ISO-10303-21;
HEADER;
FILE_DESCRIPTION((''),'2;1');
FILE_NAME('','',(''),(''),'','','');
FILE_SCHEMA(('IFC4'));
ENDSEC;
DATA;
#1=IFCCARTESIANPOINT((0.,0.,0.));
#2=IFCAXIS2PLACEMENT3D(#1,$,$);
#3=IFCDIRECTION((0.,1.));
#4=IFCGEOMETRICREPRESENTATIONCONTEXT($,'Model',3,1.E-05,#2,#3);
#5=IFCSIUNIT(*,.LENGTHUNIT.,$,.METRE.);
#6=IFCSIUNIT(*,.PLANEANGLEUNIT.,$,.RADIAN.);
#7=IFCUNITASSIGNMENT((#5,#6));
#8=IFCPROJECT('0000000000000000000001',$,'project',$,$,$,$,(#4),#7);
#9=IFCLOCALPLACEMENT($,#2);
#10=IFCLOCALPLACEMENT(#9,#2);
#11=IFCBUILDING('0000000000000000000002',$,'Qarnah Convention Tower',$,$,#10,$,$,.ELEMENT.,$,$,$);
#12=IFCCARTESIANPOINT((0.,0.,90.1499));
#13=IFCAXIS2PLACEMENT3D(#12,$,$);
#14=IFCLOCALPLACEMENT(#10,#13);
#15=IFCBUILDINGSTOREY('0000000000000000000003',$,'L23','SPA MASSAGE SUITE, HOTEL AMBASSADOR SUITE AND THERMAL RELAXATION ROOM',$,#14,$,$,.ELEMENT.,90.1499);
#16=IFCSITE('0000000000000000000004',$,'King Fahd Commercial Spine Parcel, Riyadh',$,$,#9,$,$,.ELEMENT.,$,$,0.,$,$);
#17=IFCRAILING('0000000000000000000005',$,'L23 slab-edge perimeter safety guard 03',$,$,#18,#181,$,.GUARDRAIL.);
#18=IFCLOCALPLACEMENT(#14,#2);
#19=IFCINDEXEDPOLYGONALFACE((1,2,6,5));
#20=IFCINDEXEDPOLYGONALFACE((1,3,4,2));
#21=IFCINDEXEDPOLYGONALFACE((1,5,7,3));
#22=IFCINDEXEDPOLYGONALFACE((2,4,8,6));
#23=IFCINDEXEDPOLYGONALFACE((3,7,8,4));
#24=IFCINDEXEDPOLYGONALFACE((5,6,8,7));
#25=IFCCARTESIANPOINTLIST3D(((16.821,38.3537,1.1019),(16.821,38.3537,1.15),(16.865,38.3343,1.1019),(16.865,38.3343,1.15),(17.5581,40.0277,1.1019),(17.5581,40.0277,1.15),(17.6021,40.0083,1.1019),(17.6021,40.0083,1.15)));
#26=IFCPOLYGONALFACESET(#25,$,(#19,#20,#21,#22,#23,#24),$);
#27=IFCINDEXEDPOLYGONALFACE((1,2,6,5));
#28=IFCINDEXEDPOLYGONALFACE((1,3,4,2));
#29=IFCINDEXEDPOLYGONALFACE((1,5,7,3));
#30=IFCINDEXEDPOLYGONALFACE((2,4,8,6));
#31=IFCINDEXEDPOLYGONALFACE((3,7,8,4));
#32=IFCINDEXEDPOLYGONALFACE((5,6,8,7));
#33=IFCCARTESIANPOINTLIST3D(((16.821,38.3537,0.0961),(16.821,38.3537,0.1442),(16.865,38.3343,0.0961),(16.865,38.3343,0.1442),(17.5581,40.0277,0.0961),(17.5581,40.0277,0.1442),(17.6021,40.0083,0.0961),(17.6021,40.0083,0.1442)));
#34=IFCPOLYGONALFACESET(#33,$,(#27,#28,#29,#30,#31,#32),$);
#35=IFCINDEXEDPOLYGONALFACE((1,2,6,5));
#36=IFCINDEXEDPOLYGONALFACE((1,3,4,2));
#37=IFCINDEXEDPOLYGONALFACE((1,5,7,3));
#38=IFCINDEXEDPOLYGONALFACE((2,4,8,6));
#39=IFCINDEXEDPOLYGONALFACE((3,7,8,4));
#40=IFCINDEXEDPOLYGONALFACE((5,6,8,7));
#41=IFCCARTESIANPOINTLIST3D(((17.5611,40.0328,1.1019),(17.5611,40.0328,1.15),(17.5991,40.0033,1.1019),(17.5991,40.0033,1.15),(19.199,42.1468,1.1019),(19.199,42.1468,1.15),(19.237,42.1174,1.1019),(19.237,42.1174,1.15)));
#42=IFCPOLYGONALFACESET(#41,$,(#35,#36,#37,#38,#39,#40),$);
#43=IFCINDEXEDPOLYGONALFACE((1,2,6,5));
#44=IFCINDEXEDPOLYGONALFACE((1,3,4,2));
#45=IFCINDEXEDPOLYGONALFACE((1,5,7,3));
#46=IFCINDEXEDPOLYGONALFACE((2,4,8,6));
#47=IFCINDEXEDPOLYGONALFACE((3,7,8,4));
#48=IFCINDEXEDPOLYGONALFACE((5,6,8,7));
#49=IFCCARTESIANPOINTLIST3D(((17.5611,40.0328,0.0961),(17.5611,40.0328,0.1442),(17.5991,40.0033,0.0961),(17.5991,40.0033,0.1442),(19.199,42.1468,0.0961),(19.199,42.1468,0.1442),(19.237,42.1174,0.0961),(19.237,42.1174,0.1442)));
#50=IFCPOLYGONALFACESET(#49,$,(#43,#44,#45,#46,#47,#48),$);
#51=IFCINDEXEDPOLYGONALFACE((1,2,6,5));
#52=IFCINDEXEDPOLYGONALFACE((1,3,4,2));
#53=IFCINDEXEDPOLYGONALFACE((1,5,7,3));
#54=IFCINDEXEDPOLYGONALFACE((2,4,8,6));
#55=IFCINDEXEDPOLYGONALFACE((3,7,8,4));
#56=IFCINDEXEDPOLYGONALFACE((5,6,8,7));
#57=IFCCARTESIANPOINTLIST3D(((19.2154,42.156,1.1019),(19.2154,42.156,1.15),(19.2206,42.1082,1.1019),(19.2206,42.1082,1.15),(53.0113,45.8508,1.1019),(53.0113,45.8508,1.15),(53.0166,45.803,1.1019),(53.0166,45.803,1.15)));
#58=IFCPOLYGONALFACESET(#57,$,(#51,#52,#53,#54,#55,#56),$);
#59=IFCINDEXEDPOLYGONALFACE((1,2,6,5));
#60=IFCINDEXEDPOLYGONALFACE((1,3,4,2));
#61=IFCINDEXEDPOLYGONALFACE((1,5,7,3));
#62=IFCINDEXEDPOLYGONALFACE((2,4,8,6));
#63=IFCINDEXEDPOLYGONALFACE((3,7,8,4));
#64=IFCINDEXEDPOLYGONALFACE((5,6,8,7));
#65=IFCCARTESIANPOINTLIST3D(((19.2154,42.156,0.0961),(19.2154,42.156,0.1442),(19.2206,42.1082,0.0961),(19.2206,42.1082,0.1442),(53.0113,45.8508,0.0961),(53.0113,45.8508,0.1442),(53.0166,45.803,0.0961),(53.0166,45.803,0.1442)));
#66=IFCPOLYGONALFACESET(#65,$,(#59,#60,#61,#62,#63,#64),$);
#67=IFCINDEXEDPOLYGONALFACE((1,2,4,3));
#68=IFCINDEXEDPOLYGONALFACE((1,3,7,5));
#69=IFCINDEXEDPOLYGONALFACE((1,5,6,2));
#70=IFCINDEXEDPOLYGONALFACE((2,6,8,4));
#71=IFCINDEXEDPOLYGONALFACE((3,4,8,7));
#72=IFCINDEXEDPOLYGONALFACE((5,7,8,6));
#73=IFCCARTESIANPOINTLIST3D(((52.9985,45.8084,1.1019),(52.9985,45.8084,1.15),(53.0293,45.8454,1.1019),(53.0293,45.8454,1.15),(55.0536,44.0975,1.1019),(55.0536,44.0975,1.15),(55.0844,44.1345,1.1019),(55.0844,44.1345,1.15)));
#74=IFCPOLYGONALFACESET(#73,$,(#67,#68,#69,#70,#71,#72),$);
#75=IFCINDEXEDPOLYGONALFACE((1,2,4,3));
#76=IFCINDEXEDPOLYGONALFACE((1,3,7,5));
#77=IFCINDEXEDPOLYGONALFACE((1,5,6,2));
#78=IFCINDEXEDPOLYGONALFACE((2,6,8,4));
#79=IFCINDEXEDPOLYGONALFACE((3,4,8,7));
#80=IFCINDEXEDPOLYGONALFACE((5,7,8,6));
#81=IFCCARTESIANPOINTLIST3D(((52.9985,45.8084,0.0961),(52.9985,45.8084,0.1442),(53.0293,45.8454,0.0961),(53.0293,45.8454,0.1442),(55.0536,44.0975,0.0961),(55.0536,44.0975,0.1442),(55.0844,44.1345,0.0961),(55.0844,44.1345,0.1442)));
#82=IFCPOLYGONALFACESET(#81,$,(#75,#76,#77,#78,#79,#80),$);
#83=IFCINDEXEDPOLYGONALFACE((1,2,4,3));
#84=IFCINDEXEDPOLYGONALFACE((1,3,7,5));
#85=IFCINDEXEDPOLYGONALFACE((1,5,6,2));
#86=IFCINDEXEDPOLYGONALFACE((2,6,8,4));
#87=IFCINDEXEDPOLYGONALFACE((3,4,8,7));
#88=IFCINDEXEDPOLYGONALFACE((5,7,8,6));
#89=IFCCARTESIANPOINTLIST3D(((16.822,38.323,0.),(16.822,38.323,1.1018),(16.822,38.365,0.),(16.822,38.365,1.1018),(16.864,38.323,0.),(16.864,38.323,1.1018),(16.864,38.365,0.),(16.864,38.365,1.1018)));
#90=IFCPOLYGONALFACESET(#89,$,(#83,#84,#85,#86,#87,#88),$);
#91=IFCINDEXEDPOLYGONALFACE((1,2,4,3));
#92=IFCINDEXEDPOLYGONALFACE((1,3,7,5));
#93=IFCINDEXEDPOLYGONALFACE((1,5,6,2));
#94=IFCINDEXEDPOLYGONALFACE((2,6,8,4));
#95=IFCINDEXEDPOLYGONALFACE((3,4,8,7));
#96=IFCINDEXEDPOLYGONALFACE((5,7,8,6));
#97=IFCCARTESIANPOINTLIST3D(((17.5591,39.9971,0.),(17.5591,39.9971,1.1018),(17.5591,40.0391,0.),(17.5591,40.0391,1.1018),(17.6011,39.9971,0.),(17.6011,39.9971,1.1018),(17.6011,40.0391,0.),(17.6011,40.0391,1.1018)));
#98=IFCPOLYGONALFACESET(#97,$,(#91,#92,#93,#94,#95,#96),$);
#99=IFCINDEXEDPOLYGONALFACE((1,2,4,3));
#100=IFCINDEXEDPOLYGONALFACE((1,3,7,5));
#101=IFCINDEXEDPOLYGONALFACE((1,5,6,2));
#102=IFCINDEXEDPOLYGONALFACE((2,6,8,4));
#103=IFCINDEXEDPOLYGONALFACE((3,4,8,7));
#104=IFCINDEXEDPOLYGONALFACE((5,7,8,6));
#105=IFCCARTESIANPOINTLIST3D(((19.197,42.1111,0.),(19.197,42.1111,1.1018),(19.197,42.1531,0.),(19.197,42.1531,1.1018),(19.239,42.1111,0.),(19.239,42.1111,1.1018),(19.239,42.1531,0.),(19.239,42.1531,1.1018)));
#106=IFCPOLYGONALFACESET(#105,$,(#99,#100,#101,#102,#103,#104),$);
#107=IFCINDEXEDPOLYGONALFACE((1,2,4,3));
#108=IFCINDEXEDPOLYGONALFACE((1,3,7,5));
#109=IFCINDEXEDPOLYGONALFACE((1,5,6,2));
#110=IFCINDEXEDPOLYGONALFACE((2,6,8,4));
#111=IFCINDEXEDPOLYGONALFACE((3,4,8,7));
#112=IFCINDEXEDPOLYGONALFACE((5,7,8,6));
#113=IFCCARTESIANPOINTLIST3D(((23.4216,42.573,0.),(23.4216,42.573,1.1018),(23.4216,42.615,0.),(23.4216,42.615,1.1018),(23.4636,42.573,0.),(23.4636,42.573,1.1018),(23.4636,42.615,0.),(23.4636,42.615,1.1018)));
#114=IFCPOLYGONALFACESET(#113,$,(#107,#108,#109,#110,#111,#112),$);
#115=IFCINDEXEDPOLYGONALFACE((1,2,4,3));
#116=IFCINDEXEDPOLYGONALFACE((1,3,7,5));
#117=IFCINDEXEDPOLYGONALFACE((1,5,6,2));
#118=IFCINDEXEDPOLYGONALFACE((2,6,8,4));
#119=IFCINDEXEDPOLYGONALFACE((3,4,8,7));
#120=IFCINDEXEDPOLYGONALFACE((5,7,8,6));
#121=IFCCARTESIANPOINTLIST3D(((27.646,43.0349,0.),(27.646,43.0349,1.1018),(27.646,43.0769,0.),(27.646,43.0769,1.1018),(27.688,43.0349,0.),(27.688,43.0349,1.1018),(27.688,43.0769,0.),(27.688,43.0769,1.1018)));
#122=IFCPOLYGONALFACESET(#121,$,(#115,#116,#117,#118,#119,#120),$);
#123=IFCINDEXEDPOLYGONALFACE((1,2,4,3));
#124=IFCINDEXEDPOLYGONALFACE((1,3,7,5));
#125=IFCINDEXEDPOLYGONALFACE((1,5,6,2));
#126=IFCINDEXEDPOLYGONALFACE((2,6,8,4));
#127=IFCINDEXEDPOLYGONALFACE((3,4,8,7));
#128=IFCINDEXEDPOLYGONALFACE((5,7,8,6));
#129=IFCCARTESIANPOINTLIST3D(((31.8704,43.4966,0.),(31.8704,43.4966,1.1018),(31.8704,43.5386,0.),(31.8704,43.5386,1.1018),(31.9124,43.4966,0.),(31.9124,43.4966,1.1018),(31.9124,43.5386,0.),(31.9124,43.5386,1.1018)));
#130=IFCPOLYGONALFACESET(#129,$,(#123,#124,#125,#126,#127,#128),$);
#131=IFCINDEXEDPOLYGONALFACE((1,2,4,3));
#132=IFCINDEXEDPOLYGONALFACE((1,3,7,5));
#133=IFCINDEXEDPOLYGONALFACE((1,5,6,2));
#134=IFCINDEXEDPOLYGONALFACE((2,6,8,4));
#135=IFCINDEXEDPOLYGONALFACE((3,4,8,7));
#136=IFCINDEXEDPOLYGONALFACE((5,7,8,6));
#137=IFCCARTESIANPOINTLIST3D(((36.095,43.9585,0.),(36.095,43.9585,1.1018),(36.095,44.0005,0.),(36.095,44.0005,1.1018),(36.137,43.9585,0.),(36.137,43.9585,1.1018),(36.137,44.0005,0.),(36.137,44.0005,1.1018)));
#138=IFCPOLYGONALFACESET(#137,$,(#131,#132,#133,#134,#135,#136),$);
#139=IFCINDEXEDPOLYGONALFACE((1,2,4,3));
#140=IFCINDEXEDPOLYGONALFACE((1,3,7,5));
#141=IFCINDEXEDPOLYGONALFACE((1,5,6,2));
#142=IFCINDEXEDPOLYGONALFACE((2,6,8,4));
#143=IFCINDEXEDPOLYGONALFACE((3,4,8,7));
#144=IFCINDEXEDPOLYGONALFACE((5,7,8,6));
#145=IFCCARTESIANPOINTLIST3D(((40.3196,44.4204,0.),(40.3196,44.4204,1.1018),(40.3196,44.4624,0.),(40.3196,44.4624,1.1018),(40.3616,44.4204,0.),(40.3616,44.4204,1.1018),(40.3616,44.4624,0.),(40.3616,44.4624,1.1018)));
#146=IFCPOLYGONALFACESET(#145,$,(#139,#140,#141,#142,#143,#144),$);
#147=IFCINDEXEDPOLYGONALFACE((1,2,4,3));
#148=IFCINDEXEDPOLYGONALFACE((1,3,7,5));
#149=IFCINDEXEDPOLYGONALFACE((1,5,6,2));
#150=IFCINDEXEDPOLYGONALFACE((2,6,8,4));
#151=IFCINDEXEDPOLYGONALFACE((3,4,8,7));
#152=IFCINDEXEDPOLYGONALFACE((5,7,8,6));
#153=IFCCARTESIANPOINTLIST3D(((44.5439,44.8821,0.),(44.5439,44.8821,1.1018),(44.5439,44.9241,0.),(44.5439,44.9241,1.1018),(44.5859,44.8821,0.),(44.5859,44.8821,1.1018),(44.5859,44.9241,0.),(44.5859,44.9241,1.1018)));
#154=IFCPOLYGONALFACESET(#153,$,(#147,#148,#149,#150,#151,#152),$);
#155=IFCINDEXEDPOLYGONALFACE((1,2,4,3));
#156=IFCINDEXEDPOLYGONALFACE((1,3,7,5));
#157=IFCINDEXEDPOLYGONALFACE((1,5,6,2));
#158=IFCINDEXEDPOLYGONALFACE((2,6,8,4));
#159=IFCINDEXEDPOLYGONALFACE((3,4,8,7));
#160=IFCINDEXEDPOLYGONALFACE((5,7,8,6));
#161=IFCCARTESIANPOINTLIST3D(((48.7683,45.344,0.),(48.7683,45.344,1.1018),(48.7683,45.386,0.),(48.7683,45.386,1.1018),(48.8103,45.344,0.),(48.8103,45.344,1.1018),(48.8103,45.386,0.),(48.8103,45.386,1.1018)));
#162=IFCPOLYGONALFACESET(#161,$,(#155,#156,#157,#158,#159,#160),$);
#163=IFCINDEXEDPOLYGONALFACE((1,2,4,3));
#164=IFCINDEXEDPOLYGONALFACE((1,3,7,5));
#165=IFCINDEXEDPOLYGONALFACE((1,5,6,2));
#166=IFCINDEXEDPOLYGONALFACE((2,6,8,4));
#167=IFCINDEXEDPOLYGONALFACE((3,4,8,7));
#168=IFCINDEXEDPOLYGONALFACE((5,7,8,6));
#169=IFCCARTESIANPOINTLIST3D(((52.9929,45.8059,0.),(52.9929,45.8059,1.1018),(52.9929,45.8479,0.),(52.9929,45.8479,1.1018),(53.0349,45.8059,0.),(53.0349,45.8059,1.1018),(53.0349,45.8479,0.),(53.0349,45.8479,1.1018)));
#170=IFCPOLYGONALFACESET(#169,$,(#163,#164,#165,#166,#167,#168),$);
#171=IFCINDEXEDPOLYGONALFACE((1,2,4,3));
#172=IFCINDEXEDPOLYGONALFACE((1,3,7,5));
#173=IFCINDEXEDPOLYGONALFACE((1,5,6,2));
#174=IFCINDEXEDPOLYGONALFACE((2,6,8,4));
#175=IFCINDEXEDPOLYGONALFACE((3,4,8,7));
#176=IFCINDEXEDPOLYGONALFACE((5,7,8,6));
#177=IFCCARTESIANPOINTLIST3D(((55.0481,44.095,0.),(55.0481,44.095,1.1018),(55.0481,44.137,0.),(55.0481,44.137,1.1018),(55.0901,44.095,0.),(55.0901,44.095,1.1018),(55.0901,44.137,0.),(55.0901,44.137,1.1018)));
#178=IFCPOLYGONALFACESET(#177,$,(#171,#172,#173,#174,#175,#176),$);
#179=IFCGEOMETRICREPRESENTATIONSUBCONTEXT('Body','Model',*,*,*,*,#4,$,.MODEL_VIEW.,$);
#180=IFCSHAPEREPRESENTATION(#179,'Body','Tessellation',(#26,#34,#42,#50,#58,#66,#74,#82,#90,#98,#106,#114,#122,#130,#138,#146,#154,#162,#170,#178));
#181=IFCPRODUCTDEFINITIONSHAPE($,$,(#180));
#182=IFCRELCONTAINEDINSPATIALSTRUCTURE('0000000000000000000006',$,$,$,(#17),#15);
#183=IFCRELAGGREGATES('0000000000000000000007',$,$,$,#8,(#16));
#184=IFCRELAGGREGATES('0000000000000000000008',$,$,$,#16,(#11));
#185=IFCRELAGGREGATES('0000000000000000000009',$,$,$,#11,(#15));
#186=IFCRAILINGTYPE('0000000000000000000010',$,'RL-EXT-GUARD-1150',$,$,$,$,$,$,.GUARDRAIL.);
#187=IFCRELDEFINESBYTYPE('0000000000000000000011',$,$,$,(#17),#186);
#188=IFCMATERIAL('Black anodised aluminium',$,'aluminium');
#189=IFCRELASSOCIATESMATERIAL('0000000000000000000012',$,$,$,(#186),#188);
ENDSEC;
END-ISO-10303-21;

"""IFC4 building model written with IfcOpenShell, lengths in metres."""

from ifc_helpers import new_model, si_unit, direction, frame, origin, origin_2d, place, context, subcontext, project, spatial, rectangle, extrude, material, type_object, element, save


model = new_model("IFC4")

# Units and contexts
model_context = context("Model", 3, precision=1e-05, world=origin(), true_north=direction((0.0, 1.0)))
body_context = subcontext(model_context, "Body", "Model", "MODEL_VIEW")
ifc_project = project(units=[si_unit("LENGTHUNIT", "METRE"), si_unit("PLANEANGLEUNIT", "RADIAN")], contexts=[model_context])

# Site, building, storey
site_placement = place(None, origin())
site = spatial("IfcSite", under=ifc_project, at=site_placement, Name="King Fahd Commercial Spine Parcel, Riyadh", CompositionType="ELEMENT", RefElevation=0.0)
building_placement = place(site_placement, origin())
building = spatial("IfcBuilding", under=site, at=building_placement, Name="Qarnah Convention Tower", CompositionType="ELEMENT")
storey_placement = place(building_placement, frame((0.0, 0.0, 90.1499)))
storey = spatial("IfcBuildingStorey", under=building, at=storey_placement, Name="L23", Description="SPA MASSAGE SUITE, HOTEL AMBASSADOR SUITE AND THERMAL RELAXATION ROOM", CompositionType="ELEMENT", Elevation=90.1499)

# Shared definitions
ifc_material_1 = material(Name="Black anodised aluminium", Category="aluminium")

# Railing
railing_type = type_object("IfcRailingType", Name="RL-EXT-GUARD-1150", PredefinedType="GUARDRAIL", material=ifc_material_1)
railing_1_placement = place(storey_placement, frame((16.843, 38.344, 0.0)))
element("IfcRailing", 1, at=railing_1_placement, inside=storey, type_object=railing_type, Name="L23 slab-edge perimeter safety guard 03", PredefinedType="GUARDRAIL", context=body_context, shape_type="SweptSolid", body=[
    extrude(rectangle(XDim=0.0481, YDim=0.0481, at=origin_2d()), frame((0.0, 0.0, 1.126), z_axis=(0.402953, 0.915221, 0.0), x_axis=(-0.915221, 0.402953, 0.0)), (0.0, 0.0, 1.0), 1.8291),
    extrude(rectangle(XDim=0.0481, YDim=0.0481, at=origin_2d()), frame((0.0, 0.0, 0.1201), z_axis=(0.402953, 0.915221, 0.0), x_axis=(-0.915221, 0.402953, 0.0)), (0.0, 0.0, 1.0), 1.8291),
    extrude(rectangle(XDim=0.0481, YDim=0.0481, at=origin_2d()), frame((0.7371, 1.6741, 1.126), z_axis=(0.612473, 0.790491, 0.0), x_axis=(-0.790491, 0.612473, 0.0)), (0.0, 0.0, 1.0), 2.6743),
    extrude(rectangle(XDim=0.0481, YDim=0.0481, at=origin_2d()), frame((0.7371, 1.6741, 0.1201), z_axis=(0.612473, 0.790491, 0.0), x_axis=(-0.790491, 0.612473, 0.0)), (0.0, 0.0, 1.0), 2.6743),
    extrude(rectangle(XDim=0.0481, YDim=0.0481, at=origin_2d()), frame((2.375, 3.7881, 1.126), z_axis=(0.994077, 0.10868, 0.0), x_axis=(-0.10868, 0.994077, 0.0)), (0.0, 0.0, 1.0), 33.9973),
    extrude(rectangle(XDim=0.0481, YDim=0.0481, at=origin_2d()), frame((2.375, 3.7881, 0.1201), z_axis=(0.994077, 0.10868, 0.0), x_axis=(-0.10868, 0.994077, 0.0)), (0.0, 0.0, 1.0), 33.9973),
    extrude(rectangle(XDim=0.0481, YDim=0.0481, at=origin_2d()), frame((36.1709, 7.4829, 1.126), z_axis=(0.768535, -0.639807, 0.0), x_axis=(0.639807, 0.768535, 0.0)), (0.0, 0.0, 1.0), 2.6741),
    extrude(rectangle(XDim=0.0481, YDim=0.0481, at=origin_2d()), frame((36.1709, 7.4829, 0.1201), z_axis=(0.768535, -0.639807, 0.0), x_axis=(0.639807, 0.768535, 0.0)), (0.0, 0.0, 1.0), 2.6741),
    extrude(rectangle(XDim=0.042, YDim=0.042, at=origin_2d()), origin(), (0.0, 0.0, 1.0), 1.1018),
    extrude(rectangle(XDim=0.042, YDim=0.042, at=origin_2d()), frame((0.7371, 1.6741, 0.0)), (0.0, 0.0, 1.0), 1.1018),
    extrude(rectangle(XDim=0.042, YDim=0.042, at=origin_2d()), frame((2.375, 3.7881, 0.0)), (0.0, 0.0, 1.0), 1.1018),
    extrude(rectangle(XDim=0.042, YDim=0.042, at=origin_2d()), frame((6.5996, 4.25, 0.0)), (0.0, 0.0, 1.0), 1.1018),
    extrude(rectangle(XDim=0.042, YDim=0.042, at=origin_2d()), frame((10.824, 4.7119, 0.0)), (0.0, 0.0, 1.0), 1.1018),
    extrude(rectangle(XDim=0.042, YDim=0.042, at=origin_2d()), frame((15.0483, 5.1736, 0.0)), (0.0, 0.0, 1.0), 1.1018),
    extrude(rectangle(XDim=0.042, YDim=0.042, at=origin_2d()), frame((19.2729, 5.6355, 0.0)), (0.0, 0.0, 1.0), 1.1018),
    extrude(rectangle(XDim=0.042, YDim=0.042, at=origin_2d()), frame((23.4976, 6.0974, 0.0)), (0.0, 0.0, 1.0), 1.1018),
    extrude(rectangle(XDim=0.042, YDim=0.042, at=origin_2d()), frame((27.7219, 6.5591, 0.0)), (0.0, 0.0, 1.0), 1.1018),
    extrude(rectangle(XDim=0.042, YDim=0.042, at=origin_2d()), frame((31.9463, 7.021, 0.0)), (0.0, 0.0, 1.0), 1.1018),
    extrude(rectangle(XDim=0.042, YDim=0.042, at=origin_2d()), frame((36.1709, 7.4829, 0.0)), (0.0, 0.0, 1.0), 1.1018),
    extrude(rectangle(XDim=0.042, YDim=0.042, at=origin_2d()), frame((38.2261, 5.772, 0.0)), (0.0, 0.0, 1.0), 1.1018),
])

save(model, "model.ifc")
